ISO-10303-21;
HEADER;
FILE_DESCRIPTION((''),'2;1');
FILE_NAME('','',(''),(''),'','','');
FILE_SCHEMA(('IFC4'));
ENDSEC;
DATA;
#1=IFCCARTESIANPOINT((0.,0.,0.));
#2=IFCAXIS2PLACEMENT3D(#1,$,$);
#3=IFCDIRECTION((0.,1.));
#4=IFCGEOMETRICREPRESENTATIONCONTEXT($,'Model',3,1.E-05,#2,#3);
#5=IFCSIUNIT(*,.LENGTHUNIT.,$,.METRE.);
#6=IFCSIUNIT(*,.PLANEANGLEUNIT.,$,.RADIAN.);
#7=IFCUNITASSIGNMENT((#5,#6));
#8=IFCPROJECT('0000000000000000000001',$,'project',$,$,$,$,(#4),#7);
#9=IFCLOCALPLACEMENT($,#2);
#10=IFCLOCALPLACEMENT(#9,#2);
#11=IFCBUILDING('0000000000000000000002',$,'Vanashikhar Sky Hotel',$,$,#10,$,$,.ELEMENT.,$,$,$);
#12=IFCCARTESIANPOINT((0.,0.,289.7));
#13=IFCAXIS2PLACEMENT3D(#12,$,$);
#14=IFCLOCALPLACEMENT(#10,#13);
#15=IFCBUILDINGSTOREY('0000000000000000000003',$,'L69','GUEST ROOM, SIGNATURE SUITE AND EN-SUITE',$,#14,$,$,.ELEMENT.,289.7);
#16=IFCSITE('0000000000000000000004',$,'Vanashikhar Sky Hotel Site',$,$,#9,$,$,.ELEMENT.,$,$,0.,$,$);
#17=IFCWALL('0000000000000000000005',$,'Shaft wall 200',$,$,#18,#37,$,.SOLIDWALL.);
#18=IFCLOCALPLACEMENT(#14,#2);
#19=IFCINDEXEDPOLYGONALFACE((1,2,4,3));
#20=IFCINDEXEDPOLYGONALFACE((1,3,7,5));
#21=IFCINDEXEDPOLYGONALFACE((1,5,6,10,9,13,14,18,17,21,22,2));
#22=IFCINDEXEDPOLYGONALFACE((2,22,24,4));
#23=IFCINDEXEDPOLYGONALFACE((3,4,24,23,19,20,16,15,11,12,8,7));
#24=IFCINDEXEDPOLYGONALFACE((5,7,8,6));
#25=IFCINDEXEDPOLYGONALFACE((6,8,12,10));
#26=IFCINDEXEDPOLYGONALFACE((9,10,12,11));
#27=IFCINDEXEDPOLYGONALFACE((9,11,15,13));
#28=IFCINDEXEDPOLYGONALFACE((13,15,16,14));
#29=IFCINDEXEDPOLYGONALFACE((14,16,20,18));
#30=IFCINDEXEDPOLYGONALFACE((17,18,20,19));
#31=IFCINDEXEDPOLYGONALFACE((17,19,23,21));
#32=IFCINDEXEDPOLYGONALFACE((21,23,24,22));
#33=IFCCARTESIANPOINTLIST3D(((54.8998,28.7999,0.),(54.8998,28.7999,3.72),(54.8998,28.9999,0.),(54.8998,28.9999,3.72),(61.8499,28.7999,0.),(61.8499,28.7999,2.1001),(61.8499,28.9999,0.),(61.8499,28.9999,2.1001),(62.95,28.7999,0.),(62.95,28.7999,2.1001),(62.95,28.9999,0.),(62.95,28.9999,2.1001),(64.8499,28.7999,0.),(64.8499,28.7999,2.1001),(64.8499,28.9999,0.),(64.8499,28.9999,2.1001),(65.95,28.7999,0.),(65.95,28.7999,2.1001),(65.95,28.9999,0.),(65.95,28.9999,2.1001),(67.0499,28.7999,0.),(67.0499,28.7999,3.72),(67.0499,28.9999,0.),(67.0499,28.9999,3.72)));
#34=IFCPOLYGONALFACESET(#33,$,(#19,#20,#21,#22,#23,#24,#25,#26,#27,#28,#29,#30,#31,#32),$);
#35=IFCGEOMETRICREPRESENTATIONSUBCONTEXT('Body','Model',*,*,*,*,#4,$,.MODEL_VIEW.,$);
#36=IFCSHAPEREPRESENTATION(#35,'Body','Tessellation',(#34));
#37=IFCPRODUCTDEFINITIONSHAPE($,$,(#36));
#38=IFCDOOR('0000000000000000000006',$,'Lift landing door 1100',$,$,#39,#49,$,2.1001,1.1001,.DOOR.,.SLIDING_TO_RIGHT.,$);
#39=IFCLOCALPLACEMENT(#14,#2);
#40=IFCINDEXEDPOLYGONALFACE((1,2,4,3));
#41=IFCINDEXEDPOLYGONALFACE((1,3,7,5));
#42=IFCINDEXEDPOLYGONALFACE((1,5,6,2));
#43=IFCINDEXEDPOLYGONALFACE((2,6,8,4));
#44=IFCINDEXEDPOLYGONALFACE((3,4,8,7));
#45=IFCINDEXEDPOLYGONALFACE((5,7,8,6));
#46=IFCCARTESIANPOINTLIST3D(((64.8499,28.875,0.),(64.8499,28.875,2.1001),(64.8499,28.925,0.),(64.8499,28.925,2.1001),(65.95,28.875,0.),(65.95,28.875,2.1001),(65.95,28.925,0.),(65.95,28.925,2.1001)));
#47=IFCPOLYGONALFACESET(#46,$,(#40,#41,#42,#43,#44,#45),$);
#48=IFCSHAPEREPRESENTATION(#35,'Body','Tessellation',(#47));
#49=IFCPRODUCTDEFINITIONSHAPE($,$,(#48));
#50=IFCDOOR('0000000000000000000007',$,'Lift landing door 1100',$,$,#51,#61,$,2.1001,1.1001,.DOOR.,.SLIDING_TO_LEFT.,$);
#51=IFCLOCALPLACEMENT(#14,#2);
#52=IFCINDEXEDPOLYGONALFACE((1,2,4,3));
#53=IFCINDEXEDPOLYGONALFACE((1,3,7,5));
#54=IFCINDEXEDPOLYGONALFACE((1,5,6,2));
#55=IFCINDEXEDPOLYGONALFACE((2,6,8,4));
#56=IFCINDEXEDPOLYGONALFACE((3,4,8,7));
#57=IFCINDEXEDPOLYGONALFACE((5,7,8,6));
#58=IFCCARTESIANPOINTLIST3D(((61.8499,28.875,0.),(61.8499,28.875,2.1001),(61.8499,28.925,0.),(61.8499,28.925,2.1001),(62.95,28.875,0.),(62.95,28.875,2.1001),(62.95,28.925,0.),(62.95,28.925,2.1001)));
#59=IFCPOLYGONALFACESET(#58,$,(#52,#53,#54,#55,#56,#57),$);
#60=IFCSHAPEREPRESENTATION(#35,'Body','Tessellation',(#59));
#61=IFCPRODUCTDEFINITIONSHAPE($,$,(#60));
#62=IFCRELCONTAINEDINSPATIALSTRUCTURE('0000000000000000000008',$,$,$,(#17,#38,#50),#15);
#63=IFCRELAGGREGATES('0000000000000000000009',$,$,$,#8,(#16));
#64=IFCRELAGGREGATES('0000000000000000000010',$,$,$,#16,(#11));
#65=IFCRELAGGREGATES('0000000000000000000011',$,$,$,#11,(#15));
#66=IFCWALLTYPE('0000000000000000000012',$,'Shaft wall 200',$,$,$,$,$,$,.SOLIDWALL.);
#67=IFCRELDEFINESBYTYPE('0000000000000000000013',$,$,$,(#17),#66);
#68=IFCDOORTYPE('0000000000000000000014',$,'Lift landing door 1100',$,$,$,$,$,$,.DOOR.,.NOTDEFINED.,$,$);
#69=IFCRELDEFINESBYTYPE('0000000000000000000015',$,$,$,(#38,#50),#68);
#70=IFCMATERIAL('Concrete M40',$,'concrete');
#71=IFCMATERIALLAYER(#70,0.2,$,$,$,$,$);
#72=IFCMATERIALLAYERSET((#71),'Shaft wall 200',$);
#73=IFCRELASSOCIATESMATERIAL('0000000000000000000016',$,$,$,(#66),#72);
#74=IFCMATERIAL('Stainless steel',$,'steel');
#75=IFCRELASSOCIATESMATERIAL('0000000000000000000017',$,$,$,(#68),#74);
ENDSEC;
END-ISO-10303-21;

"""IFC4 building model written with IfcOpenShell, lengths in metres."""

from ifc_helpers import new_model, si_unit, direction, frame, frame_2d, origin, place, context, subcontext, project, spatial, rectangle, extrude, source, transform, mapped, material, layer, layer_set, type_object, element, fill, save


model = new_model("IFC4")

# Units and contexts
model_context = context("Model", 3, precision=1e-05, world=origin(), true_north=direction((0.0, 1.0)))
body_context = subcontext(model_context, "Body", "Model", "MODEL_VIEW")
ifc_project = project(units=[si_unit("LENGTHUNIT", "METRE"), si_unit("PLANEANGLEUNIT", "RADIAN")], contexts=[model_context])

# Site, building, storey
site_placement = place(None, origin())
site = spatial("IfcSite", under=ifc_project, at=site_placement, Name="Vanashikhar Sky Hotel Site", CompositionType="ELEMENT", RefElevation=0.0)
building_placement = place(site_placement, origin())
building = spatial("IfcBuilding", under=site, at=building_placement, Name="Vanashikhar Sky Hotel", CompositionType="ELEMENT")
storey_placement = place(building_placement, frame((0.0, 0.0, 289.7)))
storey = spatial("IfcBuildingStorey", under=building, at=storey_placement, Name="L69", Description="GUEST ROOM, SIGNATURE SUITE AND EN-SUITE", CompositionType="ELEMENT", Elevation=289.7)

# Shared definitions
ifc_material_1 = material(Name="Concrete M40", Category="concrete")
ifc_layer_1 = layer(ifc_material_1, 0.2)
ifc_layer_set_1 = layer_set([ifc_layer_1], Name="Shaft wall 200")
wall_type_1 = type_object("IfcWallType", Name="Shaft wall 200", PredefinedType="SOLIDWALL", material=ifc_layer_set_1)
shared_shape_1 = source(origin(), body_context, "Body", "SweptSolid", [
    extrude(rectangle(XDim=1.1001, YDim=2.1001, at=frame_2d((0.55, 1.05))), frame((0.0, 0.1099, 0.0), z_axis=(0.0, -1.0, 0.0), x_axis=(1.0, 0.0, 0.0)), (0.0, 0.0, 1.0), 0.22),
])
ifc_material_2 = material(Name="Stainless steel", Category="steel")
door_type_1 = type_object("IfcDoorType", Name="Lift landing door 1100", OperationType="NOTDEFINED", PredefinedType="DOOR", material=ifc_material_2)
shared_shape_2 = source(origin(), body_context, "Body", "SweptSolid", [
    extrude(rectangle(XDim=1.1001, YDim=2.1001, at=frame_2d((0.55, 1.05))), frame((0.0, 0.0249, 0.0), z_axis=(0.0, -1.0, 0.0), x_axis=(1.0, 0.0, 0.0)), (0.0, 0.0, 1.0), 0.05),
])

# Wall, openings, doors
shared_shape_3 = source(origin(), body_context, "Body", "SweptSolid", [
    extrude(rectangle(XDim=12.1501, YDim=0.2, at=frame_2d((6.0752, 0.0))), origin(), (0.0, 0.0, 1.0), 3.72),
])
wall_1_placement = place(storey_placement, frame((67.05, 28.8999, 0.0), z_axis=(0.0, 0.0, 1.0), x_axis=(-1.0, 0.0, 0.0)))
wall_1 = element("IfcWall", 1, at=wall_1_placement, inside=storey, type_object=wall_type_1, Name="Shaft wall 200", PredefinedType="SOLIDWALL", context=body_context, shape_type="MappedRepresentation", body=[
    mapped(shared_shape_3, transform((0.0, 0.0, 0.0), scale=1.0)),
])
opening_1_placement = place(wall_1_placement, frame((1.1001, 0.0, 0.0)))
opening_1 = element("IfcOpeningElement", 2, at=opening_1_placement, cuts=wall_1, PredefinedType="OPENING", context=body_context, shape_type="MappedRepresentation", body=[
    mapped(shared_shape_1, transform((0.0, 0.0, 0.0), scale=1.0)),
])
opening_2_placement = place(wall_1_placement, frame((4.1001, 0.0, 0.0)))
opening_2 = element("IfcOpeningElement", 3, at=opening_2_placement, cuts=wall_1, PredefinedType="OPENING", context=body_context, shape_type="MappedRepresentation", body=[
    mapped(shared_shape_1, transform((0.0, 0.0, 0.0), scale=1.0)),
])
door_1_placement = place(opening_1_placement, origin())
door_1 = element("IfcDoor", 4, at=door_1_placement, inside=storey, type_object=door_type_1, Name="Lift landing door 1100", OperationType="SLIDING_TO_RIGHT", OverallHeight=2.1001, OverallWidth=1.1001, PredefinedType="DOOR", context=body_context, shape_type="MappedRepresentation", body=[
    mapped(shared_shape_2, transform((0.0, 0.0, 0.0), scale=1.0)),
])
fill(opening_1, door_1)
door_2_placement = place(opening_2_placement, origin())
door_2 = element("IfcDoor", 5, at=door_2_placement, inside=storey, type_object=door_type_1, Name="Lift landing door 1100", OperationType="SLIDING_TO_LEFT", OverallHeight=2.1001, OverallWidth=1.1001, PredefinedType="DOOR", context=body_context, shape_type="MappedRepresentation", body=[
    mapped(shared_shape_2, transform((0.0, 0.0, 0.0), scale=1.0)),
])
fill(opening_2, door_2)

save(model, "model.ifc")
